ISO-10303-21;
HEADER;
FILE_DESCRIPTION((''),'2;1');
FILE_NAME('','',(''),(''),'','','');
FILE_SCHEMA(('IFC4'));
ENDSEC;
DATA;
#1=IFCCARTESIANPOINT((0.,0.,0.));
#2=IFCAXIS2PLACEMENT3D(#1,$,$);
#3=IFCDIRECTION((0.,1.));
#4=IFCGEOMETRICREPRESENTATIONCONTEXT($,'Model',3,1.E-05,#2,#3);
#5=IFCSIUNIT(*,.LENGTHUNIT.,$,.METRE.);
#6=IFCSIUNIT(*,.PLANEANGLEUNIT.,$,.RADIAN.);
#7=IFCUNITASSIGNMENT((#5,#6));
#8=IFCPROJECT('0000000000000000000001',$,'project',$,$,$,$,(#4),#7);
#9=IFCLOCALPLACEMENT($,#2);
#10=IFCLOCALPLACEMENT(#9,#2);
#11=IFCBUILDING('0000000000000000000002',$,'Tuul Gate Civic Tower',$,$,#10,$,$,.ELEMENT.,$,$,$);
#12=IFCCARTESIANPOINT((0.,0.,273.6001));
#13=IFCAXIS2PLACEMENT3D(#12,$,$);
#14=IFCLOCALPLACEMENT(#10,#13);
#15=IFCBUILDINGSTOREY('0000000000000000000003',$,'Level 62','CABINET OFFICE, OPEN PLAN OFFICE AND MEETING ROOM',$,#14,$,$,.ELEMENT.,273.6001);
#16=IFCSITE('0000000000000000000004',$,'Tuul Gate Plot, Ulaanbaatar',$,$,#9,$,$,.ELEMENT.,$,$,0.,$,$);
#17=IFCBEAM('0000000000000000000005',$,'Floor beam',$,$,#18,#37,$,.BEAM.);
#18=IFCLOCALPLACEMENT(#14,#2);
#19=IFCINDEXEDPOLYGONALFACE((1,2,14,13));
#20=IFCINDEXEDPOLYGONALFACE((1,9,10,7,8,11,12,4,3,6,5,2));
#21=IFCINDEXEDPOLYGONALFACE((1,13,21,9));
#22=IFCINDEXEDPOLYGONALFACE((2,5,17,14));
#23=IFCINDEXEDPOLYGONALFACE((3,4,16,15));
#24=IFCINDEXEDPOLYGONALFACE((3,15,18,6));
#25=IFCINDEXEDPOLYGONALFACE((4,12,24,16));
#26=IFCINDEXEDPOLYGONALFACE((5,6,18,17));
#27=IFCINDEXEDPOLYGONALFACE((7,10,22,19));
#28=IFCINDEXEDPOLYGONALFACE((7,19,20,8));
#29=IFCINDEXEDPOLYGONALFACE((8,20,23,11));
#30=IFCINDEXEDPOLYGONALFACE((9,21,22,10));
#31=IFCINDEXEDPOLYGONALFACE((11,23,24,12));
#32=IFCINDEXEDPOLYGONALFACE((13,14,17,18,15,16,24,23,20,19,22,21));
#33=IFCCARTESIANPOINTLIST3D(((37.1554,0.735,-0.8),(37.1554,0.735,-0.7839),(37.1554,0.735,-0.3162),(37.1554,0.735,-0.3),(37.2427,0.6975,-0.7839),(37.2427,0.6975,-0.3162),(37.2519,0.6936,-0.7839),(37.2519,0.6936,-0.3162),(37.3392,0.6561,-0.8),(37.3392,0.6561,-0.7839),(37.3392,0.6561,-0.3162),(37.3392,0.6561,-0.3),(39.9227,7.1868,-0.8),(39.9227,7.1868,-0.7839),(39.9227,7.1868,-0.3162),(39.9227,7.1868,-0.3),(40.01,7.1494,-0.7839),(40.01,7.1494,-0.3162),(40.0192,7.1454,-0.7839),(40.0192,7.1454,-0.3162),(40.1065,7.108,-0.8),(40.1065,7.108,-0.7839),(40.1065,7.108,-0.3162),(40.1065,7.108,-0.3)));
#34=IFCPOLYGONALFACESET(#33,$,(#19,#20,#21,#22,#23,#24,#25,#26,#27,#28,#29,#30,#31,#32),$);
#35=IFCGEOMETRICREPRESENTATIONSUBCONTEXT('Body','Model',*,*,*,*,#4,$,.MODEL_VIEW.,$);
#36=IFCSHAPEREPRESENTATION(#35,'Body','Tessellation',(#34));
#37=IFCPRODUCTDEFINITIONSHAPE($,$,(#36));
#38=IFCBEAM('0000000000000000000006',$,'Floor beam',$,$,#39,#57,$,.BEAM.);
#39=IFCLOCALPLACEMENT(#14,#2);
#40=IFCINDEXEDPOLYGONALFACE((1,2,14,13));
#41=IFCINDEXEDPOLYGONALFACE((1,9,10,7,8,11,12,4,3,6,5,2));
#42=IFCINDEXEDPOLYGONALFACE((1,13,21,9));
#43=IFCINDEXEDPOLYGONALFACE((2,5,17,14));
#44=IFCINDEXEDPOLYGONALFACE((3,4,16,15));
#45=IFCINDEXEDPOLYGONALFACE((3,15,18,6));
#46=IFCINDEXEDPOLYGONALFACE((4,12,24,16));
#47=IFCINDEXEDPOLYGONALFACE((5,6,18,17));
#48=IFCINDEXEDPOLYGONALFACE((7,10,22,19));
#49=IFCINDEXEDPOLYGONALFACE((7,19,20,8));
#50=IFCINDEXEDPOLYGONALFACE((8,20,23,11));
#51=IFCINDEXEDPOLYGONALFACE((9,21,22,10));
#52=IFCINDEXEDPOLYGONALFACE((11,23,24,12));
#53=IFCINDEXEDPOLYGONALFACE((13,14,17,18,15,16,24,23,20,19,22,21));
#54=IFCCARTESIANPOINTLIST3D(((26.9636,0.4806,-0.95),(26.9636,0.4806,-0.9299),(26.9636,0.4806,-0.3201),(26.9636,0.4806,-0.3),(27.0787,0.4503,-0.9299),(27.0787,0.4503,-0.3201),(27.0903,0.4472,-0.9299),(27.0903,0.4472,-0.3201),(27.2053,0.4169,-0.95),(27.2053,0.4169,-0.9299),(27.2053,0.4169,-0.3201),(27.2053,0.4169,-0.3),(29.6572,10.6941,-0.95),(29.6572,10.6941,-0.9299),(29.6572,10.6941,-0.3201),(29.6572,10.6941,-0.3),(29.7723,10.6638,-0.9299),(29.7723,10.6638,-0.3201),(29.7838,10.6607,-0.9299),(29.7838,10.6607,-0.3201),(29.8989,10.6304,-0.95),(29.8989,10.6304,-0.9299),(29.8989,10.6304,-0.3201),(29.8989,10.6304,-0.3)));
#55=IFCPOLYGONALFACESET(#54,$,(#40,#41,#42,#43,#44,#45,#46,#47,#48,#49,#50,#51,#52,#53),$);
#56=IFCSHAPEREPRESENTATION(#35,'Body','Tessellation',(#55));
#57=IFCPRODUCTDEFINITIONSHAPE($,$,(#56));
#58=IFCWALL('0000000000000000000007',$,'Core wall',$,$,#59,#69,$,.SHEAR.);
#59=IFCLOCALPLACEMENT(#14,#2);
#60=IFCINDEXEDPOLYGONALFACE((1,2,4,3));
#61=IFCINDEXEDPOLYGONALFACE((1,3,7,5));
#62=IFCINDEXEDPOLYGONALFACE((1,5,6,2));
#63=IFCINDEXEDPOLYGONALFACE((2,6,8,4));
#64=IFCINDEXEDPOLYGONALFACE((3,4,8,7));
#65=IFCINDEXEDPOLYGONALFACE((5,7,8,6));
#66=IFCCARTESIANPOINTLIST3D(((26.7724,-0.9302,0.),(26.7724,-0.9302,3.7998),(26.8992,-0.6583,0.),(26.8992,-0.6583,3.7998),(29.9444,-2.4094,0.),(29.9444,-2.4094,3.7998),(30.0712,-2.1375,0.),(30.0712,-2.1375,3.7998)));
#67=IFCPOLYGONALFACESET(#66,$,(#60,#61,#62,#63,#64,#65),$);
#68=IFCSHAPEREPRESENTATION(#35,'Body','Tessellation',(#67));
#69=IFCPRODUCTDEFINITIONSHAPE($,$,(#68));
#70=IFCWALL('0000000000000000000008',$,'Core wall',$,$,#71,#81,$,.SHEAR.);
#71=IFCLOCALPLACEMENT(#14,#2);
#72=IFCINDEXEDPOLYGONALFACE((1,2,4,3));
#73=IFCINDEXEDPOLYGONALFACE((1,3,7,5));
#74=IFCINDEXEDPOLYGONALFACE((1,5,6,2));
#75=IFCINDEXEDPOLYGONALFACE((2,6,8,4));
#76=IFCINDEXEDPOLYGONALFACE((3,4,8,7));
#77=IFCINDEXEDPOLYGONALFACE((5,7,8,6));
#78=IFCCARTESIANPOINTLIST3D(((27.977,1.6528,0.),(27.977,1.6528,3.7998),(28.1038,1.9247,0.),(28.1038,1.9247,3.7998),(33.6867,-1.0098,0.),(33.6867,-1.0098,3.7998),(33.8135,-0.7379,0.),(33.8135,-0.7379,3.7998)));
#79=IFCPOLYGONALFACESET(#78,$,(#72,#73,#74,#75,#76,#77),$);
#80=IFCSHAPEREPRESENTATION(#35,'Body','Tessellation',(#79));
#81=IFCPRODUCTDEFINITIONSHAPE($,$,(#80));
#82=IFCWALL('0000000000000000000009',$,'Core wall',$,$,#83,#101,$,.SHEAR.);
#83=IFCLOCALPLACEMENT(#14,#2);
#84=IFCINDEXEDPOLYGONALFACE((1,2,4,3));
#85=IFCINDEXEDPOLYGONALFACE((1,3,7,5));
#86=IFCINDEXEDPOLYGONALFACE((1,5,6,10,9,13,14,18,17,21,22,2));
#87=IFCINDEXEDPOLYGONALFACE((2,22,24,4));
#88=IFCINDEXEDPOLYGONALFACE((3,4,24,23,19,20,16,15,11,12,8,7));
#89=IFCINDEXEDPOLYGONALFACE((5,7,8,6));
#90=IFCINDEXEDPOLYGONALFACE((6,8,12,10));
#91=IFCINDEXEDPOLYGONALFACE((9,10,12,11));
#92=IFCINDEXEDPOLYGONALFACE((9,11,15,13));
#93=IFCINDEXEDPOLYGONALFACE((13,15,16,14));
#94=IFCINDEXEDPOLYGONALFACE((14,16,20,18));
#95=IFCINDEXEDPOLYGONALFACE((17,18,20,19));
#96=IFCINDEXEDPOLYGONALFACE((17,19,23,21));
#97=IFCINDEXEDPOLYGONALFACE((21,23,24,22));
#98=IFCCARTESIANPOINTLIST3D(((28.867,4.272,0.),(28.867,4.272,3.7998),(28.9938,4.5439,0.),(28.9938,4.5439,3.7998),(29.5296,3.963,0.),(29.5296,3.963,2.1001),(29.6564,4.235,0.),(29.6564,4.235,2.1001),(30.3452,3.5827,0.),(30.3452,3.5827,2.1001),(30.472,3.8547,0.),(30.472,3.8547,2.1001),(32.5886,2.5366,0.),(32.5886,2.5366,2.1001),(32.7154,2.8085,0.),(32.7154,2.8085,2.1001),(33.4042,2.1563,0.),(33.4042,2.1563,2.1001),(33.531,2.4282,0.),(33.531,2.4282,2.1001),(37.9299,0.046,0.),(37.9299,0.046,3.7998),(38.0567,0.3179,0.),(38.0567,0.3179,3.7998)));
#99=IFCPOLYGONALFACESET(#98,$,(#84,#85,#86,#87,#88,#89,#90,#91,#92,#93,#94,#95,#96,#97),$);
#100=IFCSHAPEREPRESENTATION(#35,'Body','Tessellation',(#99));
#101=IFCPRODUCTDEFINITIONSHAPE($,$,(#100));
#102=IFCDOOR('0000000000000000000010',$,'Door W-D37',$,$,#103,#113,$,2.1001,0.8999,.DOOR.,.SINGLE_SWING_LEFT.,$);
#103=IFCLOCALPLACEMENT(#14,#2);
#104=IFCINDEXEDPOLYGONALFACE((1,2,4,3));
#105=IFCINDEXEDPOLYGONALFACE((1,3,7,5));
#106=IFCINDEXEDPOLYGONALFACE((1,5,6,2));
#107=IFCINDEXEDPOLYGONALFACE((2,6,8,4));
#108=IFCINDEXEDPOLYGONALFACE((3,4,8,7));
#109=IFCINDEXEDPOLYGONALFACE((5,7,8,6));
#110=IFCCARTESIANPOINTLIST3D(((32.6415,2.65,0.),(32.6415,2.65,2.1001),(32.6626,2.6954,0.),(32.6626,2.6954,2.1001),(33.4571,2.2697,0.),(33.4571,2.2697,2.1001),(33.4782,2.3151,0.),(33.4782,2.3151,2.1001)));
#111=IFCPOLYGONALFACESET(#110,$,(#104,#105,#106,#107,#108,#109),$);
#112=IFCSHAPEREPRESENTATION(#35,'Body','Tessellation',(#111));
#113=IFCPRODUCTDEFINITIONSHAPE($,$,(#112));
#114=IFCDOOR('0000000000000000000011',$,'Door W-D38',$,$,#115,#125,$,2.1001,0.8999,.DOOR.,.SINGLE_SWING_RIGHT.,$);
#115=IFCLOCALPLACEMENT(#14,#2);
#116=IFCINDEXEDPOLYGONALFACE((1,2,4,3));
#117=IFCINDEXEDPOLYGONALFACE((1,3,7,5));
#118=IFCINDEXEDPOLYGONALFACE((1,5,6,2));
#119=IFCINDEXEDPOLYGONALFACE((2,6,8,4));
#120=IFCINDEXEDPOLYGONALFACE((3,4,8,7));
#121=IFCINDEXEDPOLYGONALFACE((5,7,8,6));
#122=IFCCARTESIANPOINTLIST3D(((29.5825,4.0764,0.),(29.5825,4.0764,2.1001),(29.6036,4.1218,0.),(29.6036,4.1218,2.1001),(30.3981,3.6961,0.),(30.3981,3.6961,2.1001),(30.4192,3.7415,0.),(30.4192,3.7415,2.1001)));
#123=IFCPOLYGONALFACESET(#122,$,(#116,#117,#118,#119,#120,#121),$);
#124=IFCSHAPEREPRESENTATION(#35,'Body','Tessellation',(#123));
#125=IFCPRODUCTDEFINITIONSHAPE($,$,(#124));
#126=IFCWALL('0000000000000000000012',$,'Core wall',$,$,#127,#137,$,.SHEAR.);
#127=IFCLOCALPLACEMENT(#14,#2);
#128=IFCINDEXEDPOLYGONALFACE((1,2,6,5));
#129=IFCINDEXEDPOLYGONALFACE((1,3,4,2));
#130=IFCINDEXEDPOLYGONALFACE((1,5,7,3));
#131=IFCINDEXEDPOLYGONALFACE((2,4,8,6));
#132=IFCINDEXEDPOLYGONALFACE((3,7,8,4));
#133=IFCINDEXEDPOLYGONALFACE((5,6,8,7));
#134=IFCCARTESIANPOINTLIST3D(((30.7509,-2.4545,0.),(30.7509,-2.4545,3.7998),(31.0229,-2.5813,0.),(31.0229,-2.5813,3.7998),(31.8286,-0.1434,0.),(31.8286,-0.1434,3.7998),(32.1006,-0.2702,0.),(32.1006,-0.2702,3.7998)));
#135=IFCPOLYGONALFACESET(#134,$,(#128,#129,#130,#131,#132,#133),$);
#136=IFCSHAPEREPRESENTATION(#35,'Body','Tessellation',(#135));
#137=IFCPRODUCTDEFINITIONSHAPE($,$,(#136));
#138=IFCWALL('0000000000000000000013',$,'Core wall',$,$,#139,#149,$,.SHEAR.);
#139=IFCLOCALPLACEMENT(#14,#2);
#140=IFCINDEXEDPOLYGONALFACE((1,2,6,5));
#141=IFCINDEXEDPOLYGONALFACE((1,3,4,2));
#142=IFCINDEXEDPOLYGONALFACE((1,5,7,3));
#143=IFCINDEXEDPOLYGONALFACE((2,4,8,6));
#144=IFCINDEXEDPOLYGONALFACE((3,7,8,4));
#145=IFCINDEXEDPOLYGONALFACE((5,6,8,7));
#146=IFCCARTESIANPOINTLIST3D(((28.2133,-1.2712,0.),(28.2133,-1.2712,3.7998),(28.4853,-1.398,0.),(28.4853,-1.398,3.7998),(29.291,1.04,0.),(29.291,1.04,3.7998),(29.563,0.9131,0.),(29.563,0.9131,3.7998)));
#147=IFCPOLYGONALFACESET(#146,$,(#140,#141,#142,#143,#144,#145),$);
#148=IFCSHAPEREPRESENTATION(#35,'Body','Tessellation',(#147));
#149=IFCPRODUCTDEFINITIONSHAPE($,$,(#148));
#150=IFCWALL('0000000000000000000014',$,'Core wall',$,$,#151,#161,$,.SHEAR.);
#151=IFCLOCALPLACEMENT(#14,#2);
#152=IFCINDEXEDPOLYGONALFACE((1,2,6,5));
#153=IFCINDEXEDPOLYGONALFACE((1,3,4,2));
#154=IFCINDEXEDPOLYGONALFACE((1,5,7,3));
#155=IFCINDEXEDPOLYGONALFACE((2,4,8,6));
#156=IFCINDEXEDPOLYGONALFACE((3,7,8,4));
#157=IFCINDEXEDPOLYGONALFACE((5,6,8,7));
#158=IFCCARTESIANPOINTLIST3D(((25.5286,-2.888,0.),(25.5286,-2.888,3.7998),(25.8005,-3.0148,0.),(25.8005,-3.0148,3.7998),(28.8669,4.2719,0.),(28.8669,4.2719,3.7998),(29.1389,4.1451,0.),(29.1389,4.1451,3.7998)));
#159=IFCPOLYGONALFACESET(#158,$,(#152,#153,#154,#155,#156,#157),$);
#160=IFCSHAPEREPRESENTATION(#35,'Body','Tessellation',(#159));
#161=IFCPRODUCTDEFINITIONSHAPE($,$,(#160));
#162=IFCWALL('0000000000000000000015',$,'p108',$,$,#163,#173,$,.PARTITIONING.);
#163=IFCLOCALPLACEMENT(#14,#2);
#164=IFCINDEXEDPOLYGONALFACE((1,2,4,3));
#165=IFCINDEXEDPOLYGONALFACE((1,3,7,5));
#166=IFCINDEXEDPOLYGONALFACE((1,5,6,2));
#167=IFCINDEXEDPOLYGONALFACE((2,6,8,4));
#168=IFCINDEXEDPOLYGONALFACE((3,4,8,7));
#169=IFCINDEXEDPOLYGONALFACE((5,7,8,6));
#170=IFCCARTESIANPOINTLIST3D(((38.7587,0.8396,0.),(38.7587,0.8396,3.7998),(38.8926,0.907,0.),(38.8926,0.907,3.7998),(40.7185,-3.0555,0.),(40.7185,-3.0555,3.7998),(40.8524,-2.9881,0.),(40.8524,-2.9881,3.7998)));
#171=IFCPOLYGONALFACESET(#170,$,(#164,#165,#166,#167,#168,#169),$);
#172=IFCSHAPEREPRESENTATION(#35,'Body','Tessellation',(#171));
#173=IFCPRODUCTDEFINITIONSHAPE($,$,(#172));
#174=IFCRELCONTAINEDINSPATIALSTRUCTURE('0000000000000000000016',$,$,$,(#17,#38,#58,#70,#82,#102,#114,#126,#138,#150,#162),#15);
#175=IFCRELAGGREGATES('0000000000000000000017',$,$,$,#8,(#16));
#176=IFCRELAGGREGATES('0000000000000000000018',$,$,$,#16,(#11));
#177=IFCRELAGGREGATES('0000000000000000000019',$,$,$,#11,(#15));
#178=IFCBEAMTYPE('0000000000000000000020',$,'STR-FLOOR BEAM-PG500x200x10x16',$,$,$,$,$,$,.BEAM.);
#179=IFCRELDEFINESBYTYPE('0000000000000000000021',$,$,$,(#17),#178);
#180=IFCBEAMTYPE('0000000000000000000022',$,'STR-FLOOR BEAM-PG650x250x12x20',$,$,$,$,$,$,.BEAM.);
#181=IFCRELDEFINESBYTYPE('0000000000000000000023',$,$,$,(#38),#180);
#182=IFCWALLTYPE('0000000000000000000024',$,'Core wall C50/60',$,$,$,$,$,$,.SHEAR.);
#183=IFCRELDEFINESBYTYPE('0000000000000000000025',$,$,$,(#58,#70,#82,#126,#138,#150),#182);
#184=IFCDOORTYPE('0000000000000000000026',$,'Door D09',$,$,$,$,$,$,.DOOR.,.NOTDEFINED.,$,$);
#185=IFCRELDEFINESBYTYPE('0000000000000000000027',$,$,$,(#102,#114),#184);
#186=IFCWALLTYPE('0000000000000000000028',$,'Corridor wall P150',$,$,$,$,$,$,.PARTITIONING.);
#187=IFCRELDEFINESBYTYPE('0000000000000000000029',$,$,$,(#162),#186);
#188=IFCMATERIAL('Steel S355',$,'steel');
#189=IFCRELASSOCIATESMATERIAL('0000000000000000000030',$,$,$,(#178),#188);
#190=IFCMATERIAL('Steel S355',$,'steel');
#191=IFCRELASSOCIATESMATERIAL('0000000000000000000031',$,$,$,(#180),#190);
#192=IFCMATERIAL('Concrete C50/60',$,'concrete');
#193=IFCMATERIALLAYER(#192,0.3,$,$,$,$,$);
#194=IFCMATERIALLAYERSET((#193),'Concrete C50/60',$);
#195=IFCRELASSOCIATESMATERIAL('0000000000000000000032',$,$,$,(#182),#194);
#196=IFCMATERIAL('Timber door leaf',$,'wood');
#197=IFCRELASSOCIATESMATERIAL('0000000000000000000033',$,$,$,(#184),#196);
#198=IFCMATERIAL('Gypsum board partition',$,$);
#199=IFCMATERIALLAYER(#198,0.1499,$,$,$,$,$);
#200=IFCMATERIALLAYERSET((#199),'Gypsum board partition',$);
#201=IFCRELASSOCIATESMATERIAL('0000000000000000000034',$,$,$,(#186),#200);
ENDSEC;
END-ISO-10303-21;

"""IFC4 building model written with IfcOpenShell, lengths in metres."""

from ifc_helpers import new_model, si_unit, direction, frame, frame_2d, origin, origin_2d, place, context, subcontext, project, spatial, rectangle, i_section, extrude, material, layer, layer_set, material_profile, profile_set, type_object, element, fill, save


model = new_model("IFC4")

# Units and contexts
model_context = context("Model", 3, precision=1e-05, world=origin(), true_north=direction((0.0, 1.0)))
body_context = subcontext(model_context, "Body", "Model", "MODEL_VIEW")
ifc_project = project(units=[si_unit("LENGTHUNIT", "METRE"), si_unit("PLANEANGLEUNIT", "RADIAN")], contexts=[model_context])

# Site, building, storey
site_placement = place(None, origin())
site = spatial("IfcSite", under=ifc_project, at=site_placement, Name="Tuul Gate Plot, Ulaanbaatar", CompositionType="ELEMENT", RefElevation=0.0)
building_placement = place(site_placement, origin())
building = spatial("IfcBuilding", under=site, at=building_placement, Name="Tuul Gate Civic Tower", CompositionType="ELEMENT")
storey_placement = place(building_placement, frame((0.0, 0.0, 273.6001)))
storey = spatial("IfcBuildingStorey", under=building, at=storey_placement, Name="Level 62", Description="CABINET OFFICE, OPEN PLAN OFFICE AND MEETING ROOM", CompositionType="ELEMENT", Elevation=273.6001)

# Beams
ifc_material_1 = material(Name="Steel S355", Category="steel")
ifc_material_profile_1 = material_profile(ifc_material_1, i_section(OverallWidth=0.2, OverallDepth=0.5, WebThickness=0.01, FlangeThickness=0.0161, at=origin_2d()), Name="PG500x200x10x16")
ifc_profile_set_1 = profile_set([ifc_material_profile_1], Name="Steel S355")
beam_type_1 = type_object("IfcBeamType", Name="STR-FLOOR BEAM-PG500x200x10x16", PredefinedType="BEAM", material=ifc_profile_set_1)
beam_1_placement = place(storey_placement, frame((37.2473, 0.6956, -0.55), z_axis=(0.394188, 0.91903, 0.0), x_axis=(-0.91903, 0.394188, 0.0)))
element("IfcBeam", 1, at=beam_1_placement, inside=storey, type_object=beam_type_1, Name="Floor beam", PredefinedType="BEAM", context=body_context, shape_type="SweptSolid", body=[
    extrude(i_section(OverallWidth=0.2, OverallDepth=0.5, WebThickness=0.01, FlangeThickness=0.0161, at=origin_2d()), origin(), (0.0, 0.0, 1.0), 7.0203),
])
ifc_material_2 = material(Name="Steel S355", Category="steel")
ifc_material_profile_2 = material_profile(ifc_material_2, i_section(OverallWidth=0.25, OverallDepth=0.6499, WebThickness=0.012, FlangeThickness=0.02, at=origin_2d()), Name="PG650x250x12x20")
ifc_profile_set_2 = profile_set([ifc_material_profile_2], Name="Steel S355")
beam_type_2 = type_object("IfcBeamType", Name="STR-FLOOR BEAM-PG650x250x12x20", PredefinedType="BEAM", material=ifc_profile_set_2)
beam_2_placement = place(storey_placement, frame((27.0845, 0.4487, -0.625), z_axis=(0.255008, 0.966939, 0.0), x_axis=(-0.966939, 0.255008, 0.0)))
element("IfcBeam", 2, at=beam_2_placement, inside=storey, type_object=beam_type_2, Name="Floor beam", PredefinedType="BEAM", context=body_context, shape_type="SweptSolid", body=[
    extrude(i_section(OverallWidth=0.25, OverallDepth=0.6499, WebThickness=0.012, FlangeThickness=0.02, at=origin_2d()), origin(), (0.0, 0.0, 1.0), 10.5627),
])

# Walls
ifc_material_3 = material(Name="Concrete C50/60", Category="concrete")
ifc_layer_1 = layer(ifc_material_3, 0.3)
ifc_layer_set_1 = layer_set([ifc_layer_1], Name="Concrete C50/60")
wall_type_1 = type_object("IfcWallType", Name="Core wall C50/60", PredefinedType="SHEAR", material=ifc_layer_set_1)
wall_1_placement = place(storey_placement, frame((30.0078, -2.2734, 0.0), z_axis=(0.0, 0.0, 1.0), x_axis=(-0.906301, 0.422633, 0.0)))
element("IfcWall", 3, at=wall_1_placement, inside=storey, type_object=wall_type_1, Name="Core wall", PredefinedType="SHEAR", context=body_context, shape_type="SweptSolid", body=[
    extrude(rectangle(XDim=3.5, YDim=0.3, at=frame_2d((1.75, 0.0))), origin(), (0.0, 0.0, 1.0), 3.7998),
])
wall_2_placement = place(storey_placement, frame((33.75, -0.8738, 0.0), z_axis=(0.0, 0.0, 1.0), x_axis=(-0.906301, 0.422633, 0.0)))
element("IfcWall", 4, at=wall_2_placement, inside=storey, type_object=wall_type_1, Name="Core wall", PredefinedType="SHEAR", context=body_context, shape_type="SweptSolid", body=[
    extrude(rectangle(XDim=6.3, YDim=0.3, at=frame_2d((3.1499, 0.0))), origin(), (0.0, 0.0, 1.0), 3.7998),
])

# Wall, openings, doors
wall_3_placement = place(storey_placement, frame((37.9934, 0.1819, 0.0), z_axis=(0.0, 0.0, 1.0), x_axis=(-0.90631, 0.422613, 0.0)))
wall_3 = element("IfcWall", 5, at=wall_3_placement, inside=storey, type_object=wall_type_1, Name="Core wall", PredefinedType="SHEAR", context=body_context, shape_type="SweptSolid", body=[
    extrude(rectangle(XDim=9.9998, YDim=0.3, at=frame_2d((5.0, 0.0))), origin(), (0.0, 0.0, 1.0), 3.7998),
])
opening_1_placement = place(wall_3_placement, frame((4.9937, 0.0, 0.0)))
opening_1 = element("IfcOpeningElement", 6, at=opening_1_placement, cuts=wall_3, PredefinedType="OPENING", context=body_context, shape_type="SweptSolid", body=[
    extrude(rectangle(XDim=0.8999, YDim=2.1001, at=frame_2d((0.45, 1.05))), frame((0.0, 0.1602, 0.0), z_axis=(0.0, -1.0, 0.0), x_axis=(1.0, 0.0, 0.0)), (0.0, 0.0, 1.0), 0.3201),
])
opening_2_placement = place(wall_3_placement, frame((8.3689, 0.0, 0.0)))
opening_2 = element("IfcOpeningElement", 7, at=opening_2_placement, cuts=wall_3, PredefinedType="OPENING", context=body_context, shape_type="SweptSolid", body=[
    extrude(rectangle(XDim=0.8999, YDim=2.1001, at=frame_2d((0.45, 1.05))), frame((0.0, 0.1602, 0.0), z_axis=(0.0, -1.0, 0.0), x_axis=(1.0, 0.0, 0.0)), (0.0, 0.0, 1.0), 0.3201),
])
ifc_material_4 = material(Name="Timber door leaf", Category="wood")
door_type_1 = type_object("IfcDoorType", Name="Door D09", OperationType="NOTDEFINED", PredefinedType="DOOR", material=ifc_material_4)
door_1_placement = place(opening_1_placement, origin())
door_1 = element("IfcDoor", 8, at=door_1_placement, inside=storey, type_object=door_type_1, Name="Door W-D37", OperationType="SINGLE_SWING_LEFT", OverallHeight=2.1001, OverallWidth=0.8999, PredefinedType="DOOR", context=body_context, shape_type="SweptSolid", body=[
    extrude(rectangle(XDim=0.8999, YDim=2.1001, at=frame_2d((0.45, 1.05))), frame((0.0, 0.0249, 0.0), z_axis=(0.0, -1.0, 0.0), x_axis=(1.0, 0.0, 0.0)), (0.0, 0.0, 1.0), 0.05),
])
fill(opening_1, door_1)
door_2_placement = place(opening_2_placement, origin())
door_2 = element("IfcDoor", 9, at=door_2_placement, inside=storey, type_object=door_type_1, Name="Door W-D38", OperationType="SINGLE_SWING_RIGHT", OverallHeight=2.1001, OverallWidth=0.8999, PredefinedType="DOOR", context=body_context, shape_type="SweptSolid", body=[
    extrude(rectangle(XDim=0.8999, YDim=2.1001, at=frame_2d((0.45, 1.05))), frame((0.0, 0.0249, 0.0), z_axis=(0.0, -1.0, 0.0), x_axis=(1.0, 0.0, 0.0)), (0.0, 0.0, 1.0), 0.05),
])
fill(opening_2, door_2)

# Walls
for number, where, z_axis, x_axis, name in (
    (10, (30.887, -2.5178, 0.0), (0.0, 0.0, 1.0), (0.422613, 0.90631, 0.0), "Core wall"),
    (11, (28.3494, -1.3345, 0.0), (0.0, 0.0, 1.0), (0.422613, 0.90631, 0.0), "Core wall"),
):
    element("IfcWall", number, at=place(storey_placement, frame(where, z_axis=z_axis, x_axis=x_axis)), inside=storey, type_object=wall_type_1, Name=name, PredefinedType="SHEAR", context=body_context, shape_type="SweptSolid", body=[
        extrude(rectangle(XDim=2.55, YDim=0.3, at=frame_2d((1.2749, 0.0))), origin(), (0.0, 0.0, 1.0), 3.7998),
    ])
wall_4_placement = place(storey_placement, frame((25.6646, -2.9514, 0.0), z_axis=(0.0, 0.0, 1.0), x_axis=(0.422583, 0.906324, 0.0)))
element("IfcWall", 12, at=wall_4_placement, inside=storey, type_object=wall_type_1, Name="Core wall", PredefinedType="SHEAR", context=body_context, shape_type="SweptSolid", body=[
    extrude(rectangle(XDim=7.8999, YDim=0.3, at=frame_2d((3.95, 0.0))), origin(), (0.0, 0.0, 1.0), 3.7998),
])
ifc_material_5 = material(Name="Gypsum board partition")
ifc_layer_2 = layer(ifc_material_5, 0.1499)
ifc_layer_set_2 = layer_set([ifc_layer_2], Name="Gypsum board partition")
wall_type_2 = type_object("IfcWallType", Name="Corridor wall P150", PredefinedType="PARTITIONING", material=ifc_layer_set_2)
wall_5_placement = place(storey_placement, frame((38.8257, 0.8733, 0.0), z_axis=(0.0, 0.0, 1.0), x_axis=(0.449452, -0.893305, 0.0)))
element("IfcWall", 13, at=wall_5_placement, inside=storey, type_object=wall_type_2, Name="p108", PredefinedType="PARTITIONING", context=body_context, shape_type="SweptSolid", body=[
    extrude(rectangle(XDim=4.3604, YDim=0.1499, at=frame_2d((2.1802, 0.0))), origin(), (0.0, 0.0, 1.0), 3.7998),
])

save(model, "model.ifc")
